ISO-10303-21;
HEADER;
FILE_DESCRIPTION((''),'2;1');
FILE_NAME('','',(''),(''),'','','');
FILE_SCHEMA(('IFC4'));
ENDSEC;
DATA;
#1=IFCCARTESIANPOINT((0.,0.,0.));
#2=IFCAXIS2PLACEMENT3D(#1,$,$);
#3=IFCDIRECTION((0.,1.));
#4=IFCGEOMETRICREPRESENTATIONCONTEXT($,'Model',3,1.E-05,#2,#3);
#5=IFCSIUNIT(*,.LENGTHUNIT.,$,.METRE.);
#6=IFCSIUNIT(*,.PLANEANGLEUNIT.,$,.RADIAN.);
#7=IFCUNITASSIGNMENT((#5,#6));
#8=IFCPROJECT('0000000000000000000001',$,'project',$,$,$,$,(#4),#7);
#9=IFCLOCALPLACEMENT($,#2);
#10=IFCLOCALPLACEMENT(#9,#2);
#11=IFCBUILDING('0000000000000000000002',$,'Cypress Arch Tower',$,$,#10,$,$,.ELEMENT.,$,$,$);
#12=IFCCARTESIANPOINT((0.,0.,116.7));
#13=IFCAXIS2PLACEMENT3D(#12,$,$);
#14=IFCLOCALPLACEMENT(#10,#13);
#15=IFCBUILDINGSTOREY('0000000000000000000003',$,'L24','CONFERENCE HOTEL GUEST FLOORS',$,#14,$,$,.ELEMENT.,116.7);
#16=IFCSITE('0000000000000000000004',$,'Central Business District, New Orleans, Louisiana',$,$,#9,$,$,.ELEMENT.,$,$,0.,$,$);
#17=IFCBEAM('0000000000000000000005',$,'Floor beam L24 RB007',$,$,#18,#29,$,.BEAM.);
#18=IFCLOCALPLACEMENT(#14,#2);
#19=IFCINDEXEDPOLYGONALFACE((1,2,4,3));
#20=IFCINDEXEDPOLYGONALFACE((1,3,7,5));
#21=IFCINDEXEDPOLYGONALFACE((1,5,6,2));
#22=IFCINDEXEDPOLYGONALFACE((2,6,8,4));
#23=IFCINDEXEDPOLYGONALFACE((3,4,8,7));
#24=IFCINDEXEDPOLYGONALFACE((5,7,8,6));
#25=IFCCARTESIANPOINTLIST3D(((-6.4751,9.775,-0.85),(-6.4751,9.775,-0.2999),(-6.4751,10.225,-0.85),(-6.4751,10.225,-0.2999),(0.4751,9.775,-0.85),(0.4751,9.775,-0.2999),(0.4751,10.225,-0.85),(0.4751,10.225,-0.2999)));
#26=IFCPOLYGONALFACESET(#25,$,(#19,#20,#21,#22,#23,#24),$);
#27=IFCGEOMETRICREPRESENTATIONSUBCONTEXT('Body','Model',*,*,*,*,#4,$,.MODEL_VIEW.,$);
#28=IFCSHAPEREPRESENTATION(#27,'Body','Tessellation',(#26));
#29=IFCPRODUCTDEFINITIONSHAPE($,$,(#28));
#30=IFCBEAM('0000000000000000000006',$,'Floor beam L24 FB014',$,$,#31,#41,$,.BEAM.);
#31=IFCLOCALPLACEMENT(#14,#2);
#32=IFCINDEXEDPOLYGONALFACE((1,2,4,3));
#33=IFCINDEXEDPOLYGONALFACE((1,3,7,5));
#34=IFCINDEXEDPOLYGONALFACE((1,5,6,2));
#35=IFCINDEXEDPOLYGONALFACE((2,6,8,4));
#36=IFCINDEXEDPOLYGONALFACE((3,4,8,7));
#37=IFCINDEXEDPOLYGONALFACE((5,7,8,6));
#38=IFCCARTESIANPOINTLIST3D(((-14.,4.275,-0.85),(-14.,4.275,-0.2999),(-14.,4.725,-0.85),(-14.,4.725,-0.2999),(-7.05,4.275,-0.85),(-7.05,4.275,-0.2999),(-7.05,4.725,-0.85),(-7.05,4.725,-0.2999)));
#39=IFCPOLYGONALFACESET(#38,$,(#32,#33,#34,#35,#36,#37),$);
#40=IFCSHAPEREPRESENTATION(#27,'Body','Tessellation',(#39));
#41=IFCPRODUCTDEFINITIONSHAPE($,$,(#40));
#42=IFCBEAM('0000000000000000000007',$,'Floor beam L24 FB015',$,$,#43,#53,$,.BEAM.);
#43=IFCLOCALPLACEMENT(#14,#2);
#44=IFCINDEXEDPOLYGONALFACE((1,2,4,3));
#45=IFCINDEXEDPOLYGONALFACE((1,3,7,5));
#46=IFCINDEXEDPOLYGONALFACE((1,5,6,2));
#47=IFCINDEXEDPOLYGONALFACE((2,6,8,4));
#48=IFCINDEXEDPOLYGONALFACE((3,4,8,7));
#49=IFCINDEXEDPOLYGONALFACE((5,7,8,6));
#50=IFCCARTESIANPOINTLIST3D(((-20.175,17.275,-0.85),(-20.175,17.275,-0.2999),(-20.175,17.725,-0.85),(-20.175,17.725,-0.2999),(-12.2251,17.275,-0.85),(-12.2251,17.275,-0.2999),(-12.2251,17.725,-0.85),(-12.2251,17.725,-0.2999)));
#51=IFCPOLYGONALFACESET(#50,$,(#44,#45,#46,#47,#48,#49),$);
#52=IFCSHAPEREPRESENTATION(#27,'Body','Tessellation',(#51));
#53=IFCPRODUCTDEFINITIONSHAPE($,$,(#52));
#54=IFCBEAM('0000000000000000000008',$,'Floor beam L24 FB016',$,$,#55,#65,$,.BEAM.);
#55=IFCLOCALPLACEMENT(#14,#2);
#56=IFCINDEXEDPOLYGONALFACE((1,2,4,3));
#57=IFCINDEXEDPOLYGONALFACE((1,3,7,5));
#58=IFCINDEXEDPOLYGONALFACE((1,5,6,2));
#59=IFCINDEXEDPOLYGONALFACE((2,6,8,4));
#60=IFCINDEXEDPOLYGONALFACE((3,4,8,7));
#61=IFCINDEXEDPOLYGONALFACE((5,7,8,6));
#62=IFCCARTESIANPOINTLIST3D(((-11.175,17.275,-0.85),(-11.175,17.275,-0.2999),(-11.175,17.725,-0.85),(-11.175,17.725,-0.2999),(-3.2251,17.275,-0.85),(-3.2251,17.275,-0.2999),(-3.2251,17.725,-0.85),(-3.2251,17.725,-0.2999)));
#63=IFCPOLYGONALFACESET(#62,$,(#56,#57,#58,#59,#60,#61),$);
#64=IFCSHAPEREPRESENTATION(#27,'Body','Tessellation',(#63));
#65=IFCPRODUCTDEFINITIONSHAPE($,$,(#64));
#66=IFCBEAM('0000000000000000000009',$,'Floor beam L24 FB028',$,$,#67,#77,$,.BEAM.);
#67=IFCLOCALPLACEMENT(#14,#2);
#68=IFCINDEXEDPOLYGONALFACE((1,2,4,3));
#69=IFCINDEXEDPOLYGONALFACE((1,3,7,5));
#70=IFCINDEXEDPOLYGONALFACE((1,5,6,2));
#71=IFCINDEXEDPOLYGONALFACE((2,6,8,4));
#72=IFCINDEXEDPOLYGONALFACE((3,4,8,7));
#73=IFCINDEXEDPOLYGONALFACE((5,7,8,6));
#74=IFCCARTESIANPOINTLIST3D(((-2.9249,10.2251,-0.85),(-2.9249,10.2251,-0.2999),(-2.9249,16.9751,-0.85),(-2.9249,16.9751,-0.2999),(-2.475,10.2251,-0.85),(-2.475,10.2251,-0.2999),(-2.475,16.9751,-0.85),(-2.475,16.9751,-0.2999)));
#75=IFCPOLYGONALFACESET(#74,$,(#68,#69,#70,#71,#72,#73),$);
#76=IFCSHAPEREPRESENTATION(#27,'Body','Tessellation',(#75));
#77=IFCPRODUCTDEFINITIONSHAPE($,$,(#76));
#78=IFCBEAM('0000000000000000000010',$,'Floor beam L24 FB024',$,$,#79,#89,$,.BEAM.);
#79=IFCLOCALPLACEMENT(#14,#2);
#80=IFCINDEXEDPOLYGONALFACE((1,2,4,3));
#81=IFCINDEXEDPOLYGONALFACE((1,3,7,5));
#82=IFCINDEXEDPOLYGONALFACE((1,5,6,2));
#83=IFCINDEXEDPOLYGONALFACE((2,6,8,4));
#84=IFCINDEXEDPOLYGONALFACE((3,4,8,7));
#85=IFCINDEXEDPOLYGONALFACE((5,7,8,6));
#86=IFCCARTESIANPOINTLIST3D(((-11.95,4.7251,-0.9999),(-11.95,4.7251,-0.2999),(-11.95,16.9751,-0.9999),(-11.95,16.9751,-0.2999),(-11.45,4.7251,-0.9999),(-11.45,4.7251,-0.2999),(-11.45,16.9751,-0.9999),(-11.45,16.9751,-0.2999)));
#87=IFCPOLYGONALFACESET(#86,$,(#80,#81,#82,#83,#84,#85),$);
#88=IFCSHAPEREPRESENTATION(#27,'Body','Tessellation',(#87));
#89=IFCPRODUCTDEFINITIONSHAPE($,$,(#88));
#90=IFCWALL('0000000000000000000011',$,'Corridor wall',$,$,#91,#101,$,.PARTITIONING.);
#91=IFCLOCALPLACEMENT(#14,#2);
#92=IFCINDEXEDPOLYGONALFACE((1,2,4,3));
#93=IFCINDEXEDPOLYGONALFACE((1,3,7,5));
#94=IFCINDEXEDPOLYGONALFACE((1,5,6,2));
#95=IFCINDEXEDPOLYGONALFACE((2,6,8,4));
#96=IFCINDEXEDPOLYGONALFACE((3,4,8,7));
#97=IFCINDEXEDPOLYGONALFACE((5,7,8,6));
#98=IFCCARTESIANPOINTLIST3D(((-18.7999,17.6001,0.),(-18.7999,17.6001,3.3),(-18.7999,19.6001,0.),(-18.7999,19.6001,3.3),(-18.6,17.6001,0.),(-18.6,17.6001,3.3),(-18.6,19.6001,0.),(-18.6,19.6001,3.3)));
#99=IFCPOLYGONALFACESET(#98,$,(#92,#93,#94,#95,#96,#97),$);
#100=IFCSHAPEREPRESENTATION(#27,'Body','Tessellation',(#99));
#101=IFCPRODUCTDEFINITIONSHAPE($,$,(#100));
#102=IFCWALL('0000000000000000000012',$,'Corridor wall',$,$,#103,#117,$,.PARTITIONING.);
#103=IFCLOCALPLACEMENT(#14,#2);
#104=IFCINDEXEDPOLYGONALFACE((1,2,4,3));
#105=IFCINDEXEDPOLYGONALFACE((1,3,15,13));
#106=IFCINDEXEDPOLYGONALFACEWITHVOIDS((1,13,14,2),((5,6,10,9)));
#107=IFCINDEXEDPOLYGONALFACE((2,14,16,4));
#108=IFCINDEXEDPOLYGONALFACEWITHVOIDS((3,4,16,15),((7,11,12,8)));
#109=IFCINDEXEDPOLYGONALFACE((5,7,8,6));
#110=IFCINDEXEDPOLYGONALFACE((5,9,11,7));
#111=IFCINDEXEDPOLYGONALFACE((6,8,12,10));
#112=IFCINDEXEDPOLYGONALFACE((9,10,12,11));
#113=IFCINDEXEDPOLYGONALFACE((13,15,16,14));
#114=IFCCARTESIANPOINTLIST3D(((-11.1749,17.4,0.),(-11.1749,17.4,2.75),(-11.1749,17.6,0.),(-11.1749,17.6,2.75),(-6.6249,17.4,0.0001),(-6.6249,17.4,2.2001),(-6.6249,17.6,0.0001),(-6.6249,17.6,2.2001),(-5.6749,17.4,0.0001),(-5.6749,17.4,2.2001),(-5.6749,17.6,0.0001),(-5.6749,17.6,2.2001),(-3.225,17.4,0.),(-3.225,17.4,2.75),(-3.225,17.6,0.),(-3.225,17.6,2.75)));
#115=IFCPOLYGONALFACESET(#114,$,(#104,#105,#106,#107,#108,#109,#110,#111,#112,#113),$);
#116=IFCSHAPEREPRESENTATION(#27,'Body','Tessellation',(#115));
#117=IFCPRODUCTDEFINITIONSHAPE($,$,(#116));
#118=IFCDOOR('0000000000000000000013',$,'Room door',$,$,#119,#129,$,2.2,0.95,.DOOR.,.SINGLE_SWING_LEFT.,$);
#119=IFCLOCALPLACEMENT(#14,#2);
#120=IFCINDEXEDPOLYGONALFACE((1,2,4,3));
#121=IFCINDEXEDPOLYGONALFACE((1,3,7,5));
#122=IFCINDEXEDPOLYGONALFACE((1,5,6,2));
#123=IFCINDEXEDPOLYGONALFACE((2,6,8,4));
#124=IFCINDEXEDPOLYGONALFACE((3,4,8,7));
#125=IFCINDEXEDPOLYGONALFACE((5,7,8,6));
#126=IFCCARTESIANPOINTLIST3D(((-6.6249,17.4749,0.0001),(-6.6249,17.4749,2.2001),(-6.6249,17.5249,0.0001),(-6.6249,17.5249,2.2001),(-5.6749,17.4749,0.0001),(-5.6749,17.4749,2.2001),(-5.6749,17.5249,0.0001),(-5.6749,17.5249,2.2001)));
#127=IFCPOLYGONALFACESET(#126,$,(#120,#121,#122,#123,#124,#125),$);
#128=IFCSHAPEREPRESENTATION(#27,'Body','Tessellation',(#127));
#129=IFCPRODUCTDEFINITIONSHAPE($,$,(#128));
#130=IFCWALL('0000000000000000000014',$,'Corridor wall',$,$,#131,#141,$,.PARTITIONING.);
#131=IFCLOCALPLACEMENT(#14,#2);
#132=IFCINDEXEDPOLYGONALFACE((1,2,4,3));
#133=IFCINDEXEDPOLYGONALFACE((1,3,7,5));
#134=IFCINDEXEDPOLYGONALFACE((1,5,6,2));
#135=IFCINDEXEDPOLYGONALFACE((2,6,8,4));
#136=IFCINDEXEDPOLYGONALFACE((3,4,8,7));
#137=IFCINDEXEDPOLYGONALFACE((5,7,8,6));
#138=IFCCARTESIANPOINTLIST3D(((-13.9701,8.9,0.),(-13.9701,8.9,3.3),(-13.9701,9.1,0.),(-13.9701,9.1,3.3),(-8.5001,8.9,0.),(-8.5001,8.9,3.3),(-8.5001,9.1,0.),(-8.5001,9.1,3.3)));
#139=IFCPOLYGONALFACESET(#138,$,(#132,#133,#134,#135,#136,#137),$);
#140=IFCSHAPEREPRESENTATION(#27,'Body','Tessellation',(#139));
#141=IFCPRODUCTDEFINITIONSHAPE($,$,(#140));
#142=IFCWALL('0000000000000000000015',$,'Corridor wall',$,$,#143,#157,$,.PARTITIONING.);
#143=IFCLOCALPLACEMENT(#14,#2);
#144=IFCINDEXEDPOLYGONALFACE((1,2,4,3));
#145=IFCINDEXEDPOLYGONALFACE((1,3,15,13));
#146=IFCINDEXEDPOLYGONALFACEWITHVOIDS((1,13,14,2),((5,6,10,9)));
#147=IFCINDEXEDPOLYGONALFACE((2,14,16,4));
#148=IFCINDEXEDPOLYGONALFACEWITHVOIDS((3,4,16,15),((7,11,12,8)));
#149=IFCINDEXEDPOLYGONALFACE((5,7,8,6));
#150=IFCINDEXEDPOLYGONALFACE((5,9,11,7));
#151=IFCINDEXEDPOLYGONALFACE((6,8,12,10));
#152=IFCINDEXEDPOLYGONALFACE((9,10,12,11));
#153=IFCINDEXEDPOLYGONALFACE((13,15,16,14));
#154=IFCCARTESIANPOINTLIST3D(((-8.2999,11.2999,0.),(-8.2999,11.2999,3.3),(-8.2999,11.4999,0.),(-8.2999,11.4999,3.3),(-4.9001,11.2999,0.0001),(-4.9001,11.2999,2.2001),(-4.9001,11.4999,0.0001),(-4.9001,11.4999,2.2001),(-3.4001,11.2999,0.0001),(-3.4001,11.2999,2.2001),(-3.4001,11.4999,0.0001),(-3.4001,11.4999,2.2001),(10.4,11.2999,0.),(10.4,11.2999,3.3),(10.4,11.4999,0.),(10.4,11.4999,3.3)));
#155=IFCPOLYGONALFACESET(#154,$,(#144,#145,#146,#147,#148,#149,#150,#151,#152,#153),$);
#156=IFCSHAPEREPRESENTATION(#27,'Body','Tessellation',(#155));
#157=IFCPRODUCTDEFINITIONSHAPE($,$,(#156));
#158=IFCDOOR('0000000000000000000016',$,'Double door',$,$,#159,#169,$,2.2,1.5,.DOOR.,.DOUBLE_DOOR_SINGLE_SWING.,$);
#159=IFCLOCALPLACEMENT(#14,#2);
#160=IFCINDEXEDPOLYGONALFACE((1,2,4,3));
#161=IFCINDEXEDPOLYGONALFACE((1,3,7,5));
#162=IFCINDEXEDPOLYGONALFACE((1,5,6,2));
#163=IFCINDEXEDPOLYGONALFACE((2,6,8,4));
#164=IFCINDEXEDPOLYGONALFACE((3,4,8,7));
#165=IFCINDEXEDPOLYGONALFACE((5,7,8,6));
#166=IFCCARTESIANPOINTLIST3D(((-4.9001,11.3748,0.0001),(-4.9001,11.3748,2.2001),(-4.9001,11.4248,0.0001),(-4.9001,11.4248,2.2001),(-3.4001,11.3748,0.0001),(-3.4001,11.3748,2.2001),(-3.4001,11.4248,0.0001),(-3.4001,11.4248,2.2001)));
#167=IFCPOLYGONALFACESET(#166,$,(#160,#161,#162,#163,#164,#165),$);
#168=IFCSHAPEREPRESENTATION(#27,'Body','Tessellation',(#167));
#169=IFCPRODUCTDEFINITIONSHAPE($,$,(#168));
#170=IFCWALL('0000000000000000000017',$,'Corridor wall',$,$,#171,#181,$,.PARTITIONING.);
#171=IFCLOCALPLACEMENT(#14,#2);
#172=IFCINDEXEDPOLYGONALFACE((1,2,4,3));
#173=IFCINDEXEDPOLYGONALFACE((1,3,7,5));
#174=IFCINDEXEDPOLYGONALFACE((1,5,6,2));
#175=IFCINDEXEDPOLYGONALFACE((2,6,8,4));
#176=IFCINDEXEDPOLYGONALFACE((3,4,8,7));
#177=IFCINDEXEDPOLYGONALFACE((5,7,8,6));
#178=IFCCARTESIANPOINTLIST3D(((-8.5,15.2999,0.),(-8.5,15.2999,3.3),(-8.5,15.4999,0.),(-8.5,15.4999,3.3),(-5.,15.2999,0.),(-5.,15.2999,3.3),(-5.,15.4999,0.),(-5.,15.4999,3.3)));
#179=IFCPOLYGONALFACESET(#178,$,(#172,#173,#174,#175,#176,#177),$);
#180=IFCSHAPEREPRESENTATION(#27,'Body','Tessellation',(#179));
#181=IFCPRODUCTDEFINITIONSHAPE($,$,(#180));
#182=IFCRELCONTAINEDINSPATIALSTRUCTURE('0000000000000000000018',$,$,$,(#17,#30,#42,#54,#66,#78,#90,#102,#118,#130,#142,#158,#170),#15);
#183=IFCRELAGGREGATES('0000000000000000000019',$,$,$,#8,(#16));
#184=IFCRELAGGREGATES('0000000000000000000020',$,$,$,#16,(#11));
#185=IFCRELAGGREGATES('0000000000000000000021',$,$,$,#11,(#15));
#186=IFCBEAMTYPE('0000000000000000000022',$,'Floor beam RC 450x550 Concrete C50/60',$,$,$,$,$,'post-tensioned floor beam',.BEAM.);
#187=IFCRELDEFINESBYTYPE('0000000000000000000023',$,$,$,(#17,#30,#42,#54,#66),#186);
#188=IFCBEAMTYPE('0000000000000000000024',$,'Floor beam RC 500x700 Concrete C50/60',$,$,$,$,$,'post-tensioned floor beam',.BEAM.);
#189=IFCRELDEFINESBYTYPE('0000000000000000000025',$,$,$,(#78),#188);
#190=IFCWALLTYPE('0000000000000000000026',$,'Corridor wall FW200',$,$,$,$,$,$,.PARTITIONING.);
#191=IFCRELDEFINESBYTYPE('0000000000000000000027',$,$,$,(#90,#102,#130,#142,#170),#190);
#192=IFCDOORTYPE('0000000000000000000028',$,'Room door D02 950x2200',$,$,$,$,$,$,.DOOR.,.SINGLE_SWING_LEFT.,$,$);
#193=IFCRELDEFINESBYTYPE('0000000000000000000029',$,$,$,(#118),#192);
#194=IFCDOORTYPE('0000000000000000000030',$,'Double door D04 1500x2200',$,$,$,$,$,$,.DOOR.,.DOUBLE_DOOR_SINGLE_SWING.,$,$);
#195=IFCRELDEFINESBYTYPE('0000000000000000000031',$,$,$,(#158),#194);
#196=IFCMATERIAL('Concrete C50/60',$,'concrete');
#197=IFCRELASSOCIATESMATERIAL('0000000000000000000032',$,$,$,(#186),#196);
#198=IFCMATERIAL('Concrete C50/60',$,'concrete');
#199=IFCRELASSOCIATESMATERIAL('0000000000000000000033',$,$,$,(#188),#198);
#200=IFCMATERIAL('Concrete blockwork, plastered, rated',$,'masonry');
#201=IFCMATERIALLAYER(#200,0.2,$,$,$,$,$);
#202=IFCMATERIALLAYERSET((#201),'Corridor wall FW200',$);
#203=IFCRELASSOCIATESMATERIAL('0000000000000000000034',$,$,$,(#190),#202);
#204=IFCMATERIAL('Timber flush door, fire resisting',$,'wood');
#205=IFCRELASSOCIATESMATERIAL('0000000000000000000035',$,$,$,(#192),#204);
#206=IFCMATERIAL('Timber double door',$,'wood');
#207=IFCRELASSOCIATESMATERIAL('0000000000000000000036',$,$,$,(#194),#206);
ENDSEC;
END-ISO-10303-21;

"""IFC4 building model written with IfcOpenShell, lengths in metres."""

from ifc_helpers import new_model, si_unit, direction, frame, frame_2d, origin, origin_2d, place, context, subcontext, project, spatial, rectangle, extrude, material, layer, layer_set, material_profile, profile_set, type_object, element, fill, save


model = new_model("IFC4")

# Units and contexts
model_context = context("Model", 3, precision=1e-05, world=origin(), true_north=direction((0.0, 1.0)))
body_context = subcontext(model_context, "Body", "Model", "MODEL_VIEW")
ifc_project = project(units=[si_unit("LENGTHUNIT", "METRE"), si_unit("PLANEANGLEUNIT", "RADIAN")], contexts=[model_context])

# Site, building, storey
site_placement = place(None, origin())
site = spatial("IfcSite", under=ifc_project, at=site_placement, Name="Central Business District, New Orleans, Louisiana", CompositionType="ELEMENT", RefElevation=0.0)
building_placement = place(site_placement, origin())
building = spatial("IfcBuilding", under=site, at=building_placement, Name="Cypress Arch Tower", CompositionType="ELEMENT")
storey_placement = place(building_placement, frame((0.0, 0.0, 116.7)))
storey = spatial("IfcBuildingStorey", under=building, at=storey_placement, Name="L24", Description="CONFERENCE HOTEL GUEST FLOORS", CompositionType="ELEMENT", Elevation=116.7)

# Beams
ifc_material_1 = material(Name="Concrete C50/60", Category="concrete")
ifc_material_profile_1 = material_profile(ifc_material_1, rectangle(XDim=0.45, YDim=0.55, at=origin_2d()), Name="RC 450x550")
ifc_profile_set_1 = profile_set([ifc_material_profile_1], Name="Concrete C50/60")
beam_type_1 = type_object("IfcBeamType", Name="Floor beam RC 450x550 Concrete C50/60", ElementType="post-tensioned floor beam", PredefinedType="BEAM", material=ifc_profile_set_1)
beam_1_placement = place(storey_placement, frame((-6.4751, 10.0, -0.575), z_axis=(1.0, 0.0, 0.0), x_axis=(0.0, 1.0, 0.0)))
element("IfcBeam", 1, at=beam_1_placement, inside=storey, type_object=beam_type_1, Name="Floor beam L24 RB007", PredefinedType="BEAM", context=body_context, shape_type="SweptSolid", body=[
    extrude(rectangle(XDim=0.45, YDim=0.55, at=origin_2d()), origin(), (0.0, 0.0, 1.0), 6.9502),
])
beam_2_placement = place(storey_placement, frame((-14.0, 4.5, -0.575), z_axis=(1.0, 0.0, 0.0), x_axis=(0.0, 1.0, 0.0)))
element("IfcBeam", 2, at=beam_2_placement, inside=storey, type_object=beam_type_1, Name="Floor beam L24 FB014", PredefinedType="BEAM", context=body_context, shape_type="SweptSolid", body=[
    extrude(rectangle(XDim=0.45, YDim=0.55, at=origin_2d()), origin(), (0.0, 0.0, 1.0), 6.95),
])
for number, where, z_axis, x_axis, name in (
    (3, (-20.175, 17.5, -0.575), (1.0, 0.0, 0.0), (0.0, 1.0, 0.0), "Floor beam L24 FB015"),
    (4, (-11.175, 17.5, -0.575), (1.0, 0.0, 0.0), (0.0, 1.0, 0.0), "Floor beam L24 FB016"),
):
    element("IfcBeam", number, at=place(storey_placement, frame(where, z_axis=z_axis, x_axis=x_axis)), inside=storey, type_object=beam_type_1, Name=name, PredefinedType="BEAM", context=body_context, shape_type="SweptSolid", body=[
        extrude(rectangle(XDim=0.45, YDim=0.55, at=origin_2d()), origin(), (0.0, 0.0, 1.0), 7.95),
    ])
beam_3_placement = place(storey_placement, frame((-2.7, 10.2251, -0.575), z_axis=(0.0, 1.0, 0.0), x_axis=(-1.0, 0.0, 0.0)))
element("IfcBeam", 5, at=beam_3_placement, inside=storey, type_object=beam_type_1, Name="Floor beam L24 FB028", PredefinedType="BEAM", context=body_context, shape_type="SweptSolid", body=[
    extrude(rectangle(XDim=0.45, YDim=0.55, at=origin_2d()), origin(), (0.0, 0.0, 1.0), 6.75),
])
ifc_material_2 = material(Name="Concrete C50/60", Category="concrete")
ifc_material_profile_2 = material_profile(ifc_material_2, rectangle(XDim=0.5, YDim=0.7, at=origin_2d()), Name="RC 500x700")
ifc_profile_set_2 = profile_set([ifc_material_profile_2], Name="Concrete C50/60")
beam_type_2 = type_object("IfcBeamType", Name="Floor beam RC 500x700 Concrete C50/60", ElementType="post-tensioned floor beam", PredefinedType="BEAM", material=ifc_profile_set_2)
beam_4_placement = place(storey_placement, frame((-11.7, 4.7251, -0.6499), z_axis=(0.0, 1.0, 0.0), x_axis=(-1.0, 0.0, 0.0)))
element("IfcBeam", 6, at=beam_4_placement, inside=storey, type_object=beam_type_2, Name="Floor beam L24 FB024", PredefinedType="BEAM", context=body_context, shape_type="SweptSolid", body=[
    extrude(rectangle(XDim=0.5, YDim=0.7, at=origin_2d()), origin(), (0.0, 0.0, 1.0), 12.25),
])

# Wall
ifc_material_3 = material(Name="Concrete blockwork, plastered, rated", Category="masonry")
ifc_layer_1 = layer(ifc_material_3, 0.2)
ifc_layer_set_1 = layer_set([ifc_layer_1], Name="Corridor wall FW200")
wall_type_1 = type_object("IfcWallType", Name="Corridor wall FW200", PredefinedType="PARTITIONING", material=ifc_layer_set_1)
wall_1_placement = place(storey_placement, frame((-18.7, 17.6001, 0.0), z_axis=(0.0, 0.0, 1.0), x_axis=(0.0, 1.0, 0.0)))
element("IfcWall", 7, at=wall_1_placement, inside=storey, type_object=wall_type_1, Name="Corridor wall", PredefinedType="PARTITIONING", context=body_context, shape_type="SweptSolid", body=[
    extrude(rectangle(XDim=2.0, YDim=0.2, at=frame_2d((1.0, 0.0))), origin(), (0.0, 0.0, 1.0), 3.3),
])

# Wall, opening, door
wall_2_placement = place(storey_placement, frame((-11.175, 17.5, 0.0), z_axis=(0.0, 0.0, 1.0), x_axis=(1.0, 0.0, 0.0)))
wall_2 = element("IfcWall", 8, at=wall_2_placement, inside=storey, type_object=wall_type_1, Name="Corridor wall", PredefinedType="PARTITIONING", context=body_context, shape_type="SweptSolid", body=[
    extrude(rectangle(XDim=7.95, YDim=0.2, at=frame_2d((3.9751, 0.0))), origin(), (0.0, 0.0, 1.0), 2.75),
])
opening_1_placement = place(wall_2_placement, frame((4.55, 0.0, 0.0)))
opening_1 = element("IfcOpeningElement", 9, at=opening_1_placement, cuts=wall_2, PredefinedType="OPENING", context=body_context, shape_type="SweptSolid", body=[
    extrude(rectangle(XDim=0.95, YDim=2.2, at=frame_2d((0.4751, 1.1001))), frame((0.0, 0.1099, 0.0), z_axis=(0.0, -1.0, 0.0), x_axis=(1.0, 0.0, 0.0)), (0.0, 0.0, 1.0), 0.22),
])
ifc_material_4 = material(Name="Timber flush door, fire resisting", Category="wood")
door_type_1 = type_object("IfcDoorType", Name="Room door D02 950x2200", OperationType="SINGLE_SWING_LEFT", PredefinedType="DOOR", material=ifc_material_4)
door_1_placement = place(opening_1_placement, origin())
door_1 = element("IfcDoor", 10, at=door_1_placement, inside=storey, type_object=door_type_1, Name="Room door", OperationType="SINGLE_SWING_LEFT", OverallHeight=2.2, OverallWidth=0.95, PredefinedType="DOOR", context=body_context, shape_type="SweptSolid", body=[
    extrude(rectangle(XDim=0.95, YDim=2.2, at=frame_2d((0.4751, 1.1001))), frame((0.0, 0.0249, 0.0), z_axis=(0.0, -1.0, 0.0), x_axis=(1.0, 0.0, 0.0)), (0.0, 0.0, 1.0), 0.05),
])
fill(opening_1, door_1)

# Wall
wall_3_placement = place(storey_placement, frame((-13.97, 9.0, 0.0), z_axis=(0.0, 0.0, 1.0), x_axis=(1.0, 0.0, 0.0)))
element("IfcWall", 11, at=wall_3_placement, inside=storey, type_object=wall_type_1, Name="Corridor wall", PredefinedType="PARTITIONING", context=body_context, shape_type="SweptSolid", body=[
    extrude(rectangle(XDim=5.47, YDim=0.2, at=frame_2d((2.7349, 0.0))), origin(), (0.0, 0.0, 1.0), 3.3),
])

# Wall, opening, door
wall_4_placement = place(storey_placement, frame((-8.3, 11.3999, 0.0), z_axis=(0.0, 0.0, 1.0), x_axis=(1.0, 0.0, 0.0)))
wall_4 = element("IfcWall", 12, at=wall_4_placement, inside=storey, type_object=wall_type_1, Name="Corridor wall", PredefinedType="PARTITIONING", context=body_context, shape_type="SweptSolid", body=[
    extrude(rectangle(XDim=18.7, YDim=0.2, at=frame_2d((9.3501, 0.0))), origin(), (0.0, 0.0, 1.0), 3.3),
])
opening_2_placement = place(wall_4_placement, frame((3.3999, 0.0, 0.0)))
opening_2 = element("IfcOpeningElement", 13, at=opening_2_placement, cuts=wall_4, PredefinedType="OPENING", context=body_context, shape_type="SweptSolid", body=[
    extrude(rectangle(XDim=1.5, YDim=2.2, at=frame_2d((0.75, 1.1001))), frame((0.0, 0.1099, 0.0), z_axis=(0.0, -1.0, 0.0), x_axis=(1.0, 0.0, 0.0)), (0.0, 0.0, 1.0), 0.22),
])
ifc_material_5 = material(Name="Timber double door", Category="wood")
door_type_2 = type_object("IfcDoorType", Name="Double door D04 1500x2200", OperationType="DOUBLE_DOOR_SINGLE_SWING", PredefinedType="DOOR", material=ifc_material_5)
door_2_placement = place(opening_2_placement, origin())
door_2 = element("IfcDoor", 14, at=door_2_placement, inside=storey, type_object=door_type_2, Name="Double door", OperationType="DOUBLE_DOOR_SINGLE_SWING", OverallHeight=2.2, OverallWidth=1.5, PredefinedType="DOOR", context=body_context, shape_type="SweptSolid", body=[
    extrude(rectangle(XDim=1.5, YDim=2.2, at=frame_2d((0.75, 1.1001))), frame((0.0, 0.0249, 0.0), z_axis=(0.0, -1.0, 0.0), x_axis=(1.0, 0.0, 0.0)), (0.0, 0.0, 1.0), 0.05),
])
fill(opening_2, door_2)

# Wall
wall_5_placement = place(storey_placement, frame((-8.5, 15.3999, 0.0), z_axis=(0.0, 0.0, 1.0), x_axis=(1.0, 0.0, 0.0)))
element("IfcWall", 15, at=wall_5_placement, inside=storey, type_object=wall_type_1, Name="Corridor wall", PredefinedType="PARTITIONING", context=body_context, shape_type="SweptSolid", body=[
    extrude(rectangle(XDim=3.5, YDim=0.2, at=frame_2d((1.75, 0.0))), origin(), (0.0, 0.0, 1.0), 3.3),
])

save(model, "model.ifc")
